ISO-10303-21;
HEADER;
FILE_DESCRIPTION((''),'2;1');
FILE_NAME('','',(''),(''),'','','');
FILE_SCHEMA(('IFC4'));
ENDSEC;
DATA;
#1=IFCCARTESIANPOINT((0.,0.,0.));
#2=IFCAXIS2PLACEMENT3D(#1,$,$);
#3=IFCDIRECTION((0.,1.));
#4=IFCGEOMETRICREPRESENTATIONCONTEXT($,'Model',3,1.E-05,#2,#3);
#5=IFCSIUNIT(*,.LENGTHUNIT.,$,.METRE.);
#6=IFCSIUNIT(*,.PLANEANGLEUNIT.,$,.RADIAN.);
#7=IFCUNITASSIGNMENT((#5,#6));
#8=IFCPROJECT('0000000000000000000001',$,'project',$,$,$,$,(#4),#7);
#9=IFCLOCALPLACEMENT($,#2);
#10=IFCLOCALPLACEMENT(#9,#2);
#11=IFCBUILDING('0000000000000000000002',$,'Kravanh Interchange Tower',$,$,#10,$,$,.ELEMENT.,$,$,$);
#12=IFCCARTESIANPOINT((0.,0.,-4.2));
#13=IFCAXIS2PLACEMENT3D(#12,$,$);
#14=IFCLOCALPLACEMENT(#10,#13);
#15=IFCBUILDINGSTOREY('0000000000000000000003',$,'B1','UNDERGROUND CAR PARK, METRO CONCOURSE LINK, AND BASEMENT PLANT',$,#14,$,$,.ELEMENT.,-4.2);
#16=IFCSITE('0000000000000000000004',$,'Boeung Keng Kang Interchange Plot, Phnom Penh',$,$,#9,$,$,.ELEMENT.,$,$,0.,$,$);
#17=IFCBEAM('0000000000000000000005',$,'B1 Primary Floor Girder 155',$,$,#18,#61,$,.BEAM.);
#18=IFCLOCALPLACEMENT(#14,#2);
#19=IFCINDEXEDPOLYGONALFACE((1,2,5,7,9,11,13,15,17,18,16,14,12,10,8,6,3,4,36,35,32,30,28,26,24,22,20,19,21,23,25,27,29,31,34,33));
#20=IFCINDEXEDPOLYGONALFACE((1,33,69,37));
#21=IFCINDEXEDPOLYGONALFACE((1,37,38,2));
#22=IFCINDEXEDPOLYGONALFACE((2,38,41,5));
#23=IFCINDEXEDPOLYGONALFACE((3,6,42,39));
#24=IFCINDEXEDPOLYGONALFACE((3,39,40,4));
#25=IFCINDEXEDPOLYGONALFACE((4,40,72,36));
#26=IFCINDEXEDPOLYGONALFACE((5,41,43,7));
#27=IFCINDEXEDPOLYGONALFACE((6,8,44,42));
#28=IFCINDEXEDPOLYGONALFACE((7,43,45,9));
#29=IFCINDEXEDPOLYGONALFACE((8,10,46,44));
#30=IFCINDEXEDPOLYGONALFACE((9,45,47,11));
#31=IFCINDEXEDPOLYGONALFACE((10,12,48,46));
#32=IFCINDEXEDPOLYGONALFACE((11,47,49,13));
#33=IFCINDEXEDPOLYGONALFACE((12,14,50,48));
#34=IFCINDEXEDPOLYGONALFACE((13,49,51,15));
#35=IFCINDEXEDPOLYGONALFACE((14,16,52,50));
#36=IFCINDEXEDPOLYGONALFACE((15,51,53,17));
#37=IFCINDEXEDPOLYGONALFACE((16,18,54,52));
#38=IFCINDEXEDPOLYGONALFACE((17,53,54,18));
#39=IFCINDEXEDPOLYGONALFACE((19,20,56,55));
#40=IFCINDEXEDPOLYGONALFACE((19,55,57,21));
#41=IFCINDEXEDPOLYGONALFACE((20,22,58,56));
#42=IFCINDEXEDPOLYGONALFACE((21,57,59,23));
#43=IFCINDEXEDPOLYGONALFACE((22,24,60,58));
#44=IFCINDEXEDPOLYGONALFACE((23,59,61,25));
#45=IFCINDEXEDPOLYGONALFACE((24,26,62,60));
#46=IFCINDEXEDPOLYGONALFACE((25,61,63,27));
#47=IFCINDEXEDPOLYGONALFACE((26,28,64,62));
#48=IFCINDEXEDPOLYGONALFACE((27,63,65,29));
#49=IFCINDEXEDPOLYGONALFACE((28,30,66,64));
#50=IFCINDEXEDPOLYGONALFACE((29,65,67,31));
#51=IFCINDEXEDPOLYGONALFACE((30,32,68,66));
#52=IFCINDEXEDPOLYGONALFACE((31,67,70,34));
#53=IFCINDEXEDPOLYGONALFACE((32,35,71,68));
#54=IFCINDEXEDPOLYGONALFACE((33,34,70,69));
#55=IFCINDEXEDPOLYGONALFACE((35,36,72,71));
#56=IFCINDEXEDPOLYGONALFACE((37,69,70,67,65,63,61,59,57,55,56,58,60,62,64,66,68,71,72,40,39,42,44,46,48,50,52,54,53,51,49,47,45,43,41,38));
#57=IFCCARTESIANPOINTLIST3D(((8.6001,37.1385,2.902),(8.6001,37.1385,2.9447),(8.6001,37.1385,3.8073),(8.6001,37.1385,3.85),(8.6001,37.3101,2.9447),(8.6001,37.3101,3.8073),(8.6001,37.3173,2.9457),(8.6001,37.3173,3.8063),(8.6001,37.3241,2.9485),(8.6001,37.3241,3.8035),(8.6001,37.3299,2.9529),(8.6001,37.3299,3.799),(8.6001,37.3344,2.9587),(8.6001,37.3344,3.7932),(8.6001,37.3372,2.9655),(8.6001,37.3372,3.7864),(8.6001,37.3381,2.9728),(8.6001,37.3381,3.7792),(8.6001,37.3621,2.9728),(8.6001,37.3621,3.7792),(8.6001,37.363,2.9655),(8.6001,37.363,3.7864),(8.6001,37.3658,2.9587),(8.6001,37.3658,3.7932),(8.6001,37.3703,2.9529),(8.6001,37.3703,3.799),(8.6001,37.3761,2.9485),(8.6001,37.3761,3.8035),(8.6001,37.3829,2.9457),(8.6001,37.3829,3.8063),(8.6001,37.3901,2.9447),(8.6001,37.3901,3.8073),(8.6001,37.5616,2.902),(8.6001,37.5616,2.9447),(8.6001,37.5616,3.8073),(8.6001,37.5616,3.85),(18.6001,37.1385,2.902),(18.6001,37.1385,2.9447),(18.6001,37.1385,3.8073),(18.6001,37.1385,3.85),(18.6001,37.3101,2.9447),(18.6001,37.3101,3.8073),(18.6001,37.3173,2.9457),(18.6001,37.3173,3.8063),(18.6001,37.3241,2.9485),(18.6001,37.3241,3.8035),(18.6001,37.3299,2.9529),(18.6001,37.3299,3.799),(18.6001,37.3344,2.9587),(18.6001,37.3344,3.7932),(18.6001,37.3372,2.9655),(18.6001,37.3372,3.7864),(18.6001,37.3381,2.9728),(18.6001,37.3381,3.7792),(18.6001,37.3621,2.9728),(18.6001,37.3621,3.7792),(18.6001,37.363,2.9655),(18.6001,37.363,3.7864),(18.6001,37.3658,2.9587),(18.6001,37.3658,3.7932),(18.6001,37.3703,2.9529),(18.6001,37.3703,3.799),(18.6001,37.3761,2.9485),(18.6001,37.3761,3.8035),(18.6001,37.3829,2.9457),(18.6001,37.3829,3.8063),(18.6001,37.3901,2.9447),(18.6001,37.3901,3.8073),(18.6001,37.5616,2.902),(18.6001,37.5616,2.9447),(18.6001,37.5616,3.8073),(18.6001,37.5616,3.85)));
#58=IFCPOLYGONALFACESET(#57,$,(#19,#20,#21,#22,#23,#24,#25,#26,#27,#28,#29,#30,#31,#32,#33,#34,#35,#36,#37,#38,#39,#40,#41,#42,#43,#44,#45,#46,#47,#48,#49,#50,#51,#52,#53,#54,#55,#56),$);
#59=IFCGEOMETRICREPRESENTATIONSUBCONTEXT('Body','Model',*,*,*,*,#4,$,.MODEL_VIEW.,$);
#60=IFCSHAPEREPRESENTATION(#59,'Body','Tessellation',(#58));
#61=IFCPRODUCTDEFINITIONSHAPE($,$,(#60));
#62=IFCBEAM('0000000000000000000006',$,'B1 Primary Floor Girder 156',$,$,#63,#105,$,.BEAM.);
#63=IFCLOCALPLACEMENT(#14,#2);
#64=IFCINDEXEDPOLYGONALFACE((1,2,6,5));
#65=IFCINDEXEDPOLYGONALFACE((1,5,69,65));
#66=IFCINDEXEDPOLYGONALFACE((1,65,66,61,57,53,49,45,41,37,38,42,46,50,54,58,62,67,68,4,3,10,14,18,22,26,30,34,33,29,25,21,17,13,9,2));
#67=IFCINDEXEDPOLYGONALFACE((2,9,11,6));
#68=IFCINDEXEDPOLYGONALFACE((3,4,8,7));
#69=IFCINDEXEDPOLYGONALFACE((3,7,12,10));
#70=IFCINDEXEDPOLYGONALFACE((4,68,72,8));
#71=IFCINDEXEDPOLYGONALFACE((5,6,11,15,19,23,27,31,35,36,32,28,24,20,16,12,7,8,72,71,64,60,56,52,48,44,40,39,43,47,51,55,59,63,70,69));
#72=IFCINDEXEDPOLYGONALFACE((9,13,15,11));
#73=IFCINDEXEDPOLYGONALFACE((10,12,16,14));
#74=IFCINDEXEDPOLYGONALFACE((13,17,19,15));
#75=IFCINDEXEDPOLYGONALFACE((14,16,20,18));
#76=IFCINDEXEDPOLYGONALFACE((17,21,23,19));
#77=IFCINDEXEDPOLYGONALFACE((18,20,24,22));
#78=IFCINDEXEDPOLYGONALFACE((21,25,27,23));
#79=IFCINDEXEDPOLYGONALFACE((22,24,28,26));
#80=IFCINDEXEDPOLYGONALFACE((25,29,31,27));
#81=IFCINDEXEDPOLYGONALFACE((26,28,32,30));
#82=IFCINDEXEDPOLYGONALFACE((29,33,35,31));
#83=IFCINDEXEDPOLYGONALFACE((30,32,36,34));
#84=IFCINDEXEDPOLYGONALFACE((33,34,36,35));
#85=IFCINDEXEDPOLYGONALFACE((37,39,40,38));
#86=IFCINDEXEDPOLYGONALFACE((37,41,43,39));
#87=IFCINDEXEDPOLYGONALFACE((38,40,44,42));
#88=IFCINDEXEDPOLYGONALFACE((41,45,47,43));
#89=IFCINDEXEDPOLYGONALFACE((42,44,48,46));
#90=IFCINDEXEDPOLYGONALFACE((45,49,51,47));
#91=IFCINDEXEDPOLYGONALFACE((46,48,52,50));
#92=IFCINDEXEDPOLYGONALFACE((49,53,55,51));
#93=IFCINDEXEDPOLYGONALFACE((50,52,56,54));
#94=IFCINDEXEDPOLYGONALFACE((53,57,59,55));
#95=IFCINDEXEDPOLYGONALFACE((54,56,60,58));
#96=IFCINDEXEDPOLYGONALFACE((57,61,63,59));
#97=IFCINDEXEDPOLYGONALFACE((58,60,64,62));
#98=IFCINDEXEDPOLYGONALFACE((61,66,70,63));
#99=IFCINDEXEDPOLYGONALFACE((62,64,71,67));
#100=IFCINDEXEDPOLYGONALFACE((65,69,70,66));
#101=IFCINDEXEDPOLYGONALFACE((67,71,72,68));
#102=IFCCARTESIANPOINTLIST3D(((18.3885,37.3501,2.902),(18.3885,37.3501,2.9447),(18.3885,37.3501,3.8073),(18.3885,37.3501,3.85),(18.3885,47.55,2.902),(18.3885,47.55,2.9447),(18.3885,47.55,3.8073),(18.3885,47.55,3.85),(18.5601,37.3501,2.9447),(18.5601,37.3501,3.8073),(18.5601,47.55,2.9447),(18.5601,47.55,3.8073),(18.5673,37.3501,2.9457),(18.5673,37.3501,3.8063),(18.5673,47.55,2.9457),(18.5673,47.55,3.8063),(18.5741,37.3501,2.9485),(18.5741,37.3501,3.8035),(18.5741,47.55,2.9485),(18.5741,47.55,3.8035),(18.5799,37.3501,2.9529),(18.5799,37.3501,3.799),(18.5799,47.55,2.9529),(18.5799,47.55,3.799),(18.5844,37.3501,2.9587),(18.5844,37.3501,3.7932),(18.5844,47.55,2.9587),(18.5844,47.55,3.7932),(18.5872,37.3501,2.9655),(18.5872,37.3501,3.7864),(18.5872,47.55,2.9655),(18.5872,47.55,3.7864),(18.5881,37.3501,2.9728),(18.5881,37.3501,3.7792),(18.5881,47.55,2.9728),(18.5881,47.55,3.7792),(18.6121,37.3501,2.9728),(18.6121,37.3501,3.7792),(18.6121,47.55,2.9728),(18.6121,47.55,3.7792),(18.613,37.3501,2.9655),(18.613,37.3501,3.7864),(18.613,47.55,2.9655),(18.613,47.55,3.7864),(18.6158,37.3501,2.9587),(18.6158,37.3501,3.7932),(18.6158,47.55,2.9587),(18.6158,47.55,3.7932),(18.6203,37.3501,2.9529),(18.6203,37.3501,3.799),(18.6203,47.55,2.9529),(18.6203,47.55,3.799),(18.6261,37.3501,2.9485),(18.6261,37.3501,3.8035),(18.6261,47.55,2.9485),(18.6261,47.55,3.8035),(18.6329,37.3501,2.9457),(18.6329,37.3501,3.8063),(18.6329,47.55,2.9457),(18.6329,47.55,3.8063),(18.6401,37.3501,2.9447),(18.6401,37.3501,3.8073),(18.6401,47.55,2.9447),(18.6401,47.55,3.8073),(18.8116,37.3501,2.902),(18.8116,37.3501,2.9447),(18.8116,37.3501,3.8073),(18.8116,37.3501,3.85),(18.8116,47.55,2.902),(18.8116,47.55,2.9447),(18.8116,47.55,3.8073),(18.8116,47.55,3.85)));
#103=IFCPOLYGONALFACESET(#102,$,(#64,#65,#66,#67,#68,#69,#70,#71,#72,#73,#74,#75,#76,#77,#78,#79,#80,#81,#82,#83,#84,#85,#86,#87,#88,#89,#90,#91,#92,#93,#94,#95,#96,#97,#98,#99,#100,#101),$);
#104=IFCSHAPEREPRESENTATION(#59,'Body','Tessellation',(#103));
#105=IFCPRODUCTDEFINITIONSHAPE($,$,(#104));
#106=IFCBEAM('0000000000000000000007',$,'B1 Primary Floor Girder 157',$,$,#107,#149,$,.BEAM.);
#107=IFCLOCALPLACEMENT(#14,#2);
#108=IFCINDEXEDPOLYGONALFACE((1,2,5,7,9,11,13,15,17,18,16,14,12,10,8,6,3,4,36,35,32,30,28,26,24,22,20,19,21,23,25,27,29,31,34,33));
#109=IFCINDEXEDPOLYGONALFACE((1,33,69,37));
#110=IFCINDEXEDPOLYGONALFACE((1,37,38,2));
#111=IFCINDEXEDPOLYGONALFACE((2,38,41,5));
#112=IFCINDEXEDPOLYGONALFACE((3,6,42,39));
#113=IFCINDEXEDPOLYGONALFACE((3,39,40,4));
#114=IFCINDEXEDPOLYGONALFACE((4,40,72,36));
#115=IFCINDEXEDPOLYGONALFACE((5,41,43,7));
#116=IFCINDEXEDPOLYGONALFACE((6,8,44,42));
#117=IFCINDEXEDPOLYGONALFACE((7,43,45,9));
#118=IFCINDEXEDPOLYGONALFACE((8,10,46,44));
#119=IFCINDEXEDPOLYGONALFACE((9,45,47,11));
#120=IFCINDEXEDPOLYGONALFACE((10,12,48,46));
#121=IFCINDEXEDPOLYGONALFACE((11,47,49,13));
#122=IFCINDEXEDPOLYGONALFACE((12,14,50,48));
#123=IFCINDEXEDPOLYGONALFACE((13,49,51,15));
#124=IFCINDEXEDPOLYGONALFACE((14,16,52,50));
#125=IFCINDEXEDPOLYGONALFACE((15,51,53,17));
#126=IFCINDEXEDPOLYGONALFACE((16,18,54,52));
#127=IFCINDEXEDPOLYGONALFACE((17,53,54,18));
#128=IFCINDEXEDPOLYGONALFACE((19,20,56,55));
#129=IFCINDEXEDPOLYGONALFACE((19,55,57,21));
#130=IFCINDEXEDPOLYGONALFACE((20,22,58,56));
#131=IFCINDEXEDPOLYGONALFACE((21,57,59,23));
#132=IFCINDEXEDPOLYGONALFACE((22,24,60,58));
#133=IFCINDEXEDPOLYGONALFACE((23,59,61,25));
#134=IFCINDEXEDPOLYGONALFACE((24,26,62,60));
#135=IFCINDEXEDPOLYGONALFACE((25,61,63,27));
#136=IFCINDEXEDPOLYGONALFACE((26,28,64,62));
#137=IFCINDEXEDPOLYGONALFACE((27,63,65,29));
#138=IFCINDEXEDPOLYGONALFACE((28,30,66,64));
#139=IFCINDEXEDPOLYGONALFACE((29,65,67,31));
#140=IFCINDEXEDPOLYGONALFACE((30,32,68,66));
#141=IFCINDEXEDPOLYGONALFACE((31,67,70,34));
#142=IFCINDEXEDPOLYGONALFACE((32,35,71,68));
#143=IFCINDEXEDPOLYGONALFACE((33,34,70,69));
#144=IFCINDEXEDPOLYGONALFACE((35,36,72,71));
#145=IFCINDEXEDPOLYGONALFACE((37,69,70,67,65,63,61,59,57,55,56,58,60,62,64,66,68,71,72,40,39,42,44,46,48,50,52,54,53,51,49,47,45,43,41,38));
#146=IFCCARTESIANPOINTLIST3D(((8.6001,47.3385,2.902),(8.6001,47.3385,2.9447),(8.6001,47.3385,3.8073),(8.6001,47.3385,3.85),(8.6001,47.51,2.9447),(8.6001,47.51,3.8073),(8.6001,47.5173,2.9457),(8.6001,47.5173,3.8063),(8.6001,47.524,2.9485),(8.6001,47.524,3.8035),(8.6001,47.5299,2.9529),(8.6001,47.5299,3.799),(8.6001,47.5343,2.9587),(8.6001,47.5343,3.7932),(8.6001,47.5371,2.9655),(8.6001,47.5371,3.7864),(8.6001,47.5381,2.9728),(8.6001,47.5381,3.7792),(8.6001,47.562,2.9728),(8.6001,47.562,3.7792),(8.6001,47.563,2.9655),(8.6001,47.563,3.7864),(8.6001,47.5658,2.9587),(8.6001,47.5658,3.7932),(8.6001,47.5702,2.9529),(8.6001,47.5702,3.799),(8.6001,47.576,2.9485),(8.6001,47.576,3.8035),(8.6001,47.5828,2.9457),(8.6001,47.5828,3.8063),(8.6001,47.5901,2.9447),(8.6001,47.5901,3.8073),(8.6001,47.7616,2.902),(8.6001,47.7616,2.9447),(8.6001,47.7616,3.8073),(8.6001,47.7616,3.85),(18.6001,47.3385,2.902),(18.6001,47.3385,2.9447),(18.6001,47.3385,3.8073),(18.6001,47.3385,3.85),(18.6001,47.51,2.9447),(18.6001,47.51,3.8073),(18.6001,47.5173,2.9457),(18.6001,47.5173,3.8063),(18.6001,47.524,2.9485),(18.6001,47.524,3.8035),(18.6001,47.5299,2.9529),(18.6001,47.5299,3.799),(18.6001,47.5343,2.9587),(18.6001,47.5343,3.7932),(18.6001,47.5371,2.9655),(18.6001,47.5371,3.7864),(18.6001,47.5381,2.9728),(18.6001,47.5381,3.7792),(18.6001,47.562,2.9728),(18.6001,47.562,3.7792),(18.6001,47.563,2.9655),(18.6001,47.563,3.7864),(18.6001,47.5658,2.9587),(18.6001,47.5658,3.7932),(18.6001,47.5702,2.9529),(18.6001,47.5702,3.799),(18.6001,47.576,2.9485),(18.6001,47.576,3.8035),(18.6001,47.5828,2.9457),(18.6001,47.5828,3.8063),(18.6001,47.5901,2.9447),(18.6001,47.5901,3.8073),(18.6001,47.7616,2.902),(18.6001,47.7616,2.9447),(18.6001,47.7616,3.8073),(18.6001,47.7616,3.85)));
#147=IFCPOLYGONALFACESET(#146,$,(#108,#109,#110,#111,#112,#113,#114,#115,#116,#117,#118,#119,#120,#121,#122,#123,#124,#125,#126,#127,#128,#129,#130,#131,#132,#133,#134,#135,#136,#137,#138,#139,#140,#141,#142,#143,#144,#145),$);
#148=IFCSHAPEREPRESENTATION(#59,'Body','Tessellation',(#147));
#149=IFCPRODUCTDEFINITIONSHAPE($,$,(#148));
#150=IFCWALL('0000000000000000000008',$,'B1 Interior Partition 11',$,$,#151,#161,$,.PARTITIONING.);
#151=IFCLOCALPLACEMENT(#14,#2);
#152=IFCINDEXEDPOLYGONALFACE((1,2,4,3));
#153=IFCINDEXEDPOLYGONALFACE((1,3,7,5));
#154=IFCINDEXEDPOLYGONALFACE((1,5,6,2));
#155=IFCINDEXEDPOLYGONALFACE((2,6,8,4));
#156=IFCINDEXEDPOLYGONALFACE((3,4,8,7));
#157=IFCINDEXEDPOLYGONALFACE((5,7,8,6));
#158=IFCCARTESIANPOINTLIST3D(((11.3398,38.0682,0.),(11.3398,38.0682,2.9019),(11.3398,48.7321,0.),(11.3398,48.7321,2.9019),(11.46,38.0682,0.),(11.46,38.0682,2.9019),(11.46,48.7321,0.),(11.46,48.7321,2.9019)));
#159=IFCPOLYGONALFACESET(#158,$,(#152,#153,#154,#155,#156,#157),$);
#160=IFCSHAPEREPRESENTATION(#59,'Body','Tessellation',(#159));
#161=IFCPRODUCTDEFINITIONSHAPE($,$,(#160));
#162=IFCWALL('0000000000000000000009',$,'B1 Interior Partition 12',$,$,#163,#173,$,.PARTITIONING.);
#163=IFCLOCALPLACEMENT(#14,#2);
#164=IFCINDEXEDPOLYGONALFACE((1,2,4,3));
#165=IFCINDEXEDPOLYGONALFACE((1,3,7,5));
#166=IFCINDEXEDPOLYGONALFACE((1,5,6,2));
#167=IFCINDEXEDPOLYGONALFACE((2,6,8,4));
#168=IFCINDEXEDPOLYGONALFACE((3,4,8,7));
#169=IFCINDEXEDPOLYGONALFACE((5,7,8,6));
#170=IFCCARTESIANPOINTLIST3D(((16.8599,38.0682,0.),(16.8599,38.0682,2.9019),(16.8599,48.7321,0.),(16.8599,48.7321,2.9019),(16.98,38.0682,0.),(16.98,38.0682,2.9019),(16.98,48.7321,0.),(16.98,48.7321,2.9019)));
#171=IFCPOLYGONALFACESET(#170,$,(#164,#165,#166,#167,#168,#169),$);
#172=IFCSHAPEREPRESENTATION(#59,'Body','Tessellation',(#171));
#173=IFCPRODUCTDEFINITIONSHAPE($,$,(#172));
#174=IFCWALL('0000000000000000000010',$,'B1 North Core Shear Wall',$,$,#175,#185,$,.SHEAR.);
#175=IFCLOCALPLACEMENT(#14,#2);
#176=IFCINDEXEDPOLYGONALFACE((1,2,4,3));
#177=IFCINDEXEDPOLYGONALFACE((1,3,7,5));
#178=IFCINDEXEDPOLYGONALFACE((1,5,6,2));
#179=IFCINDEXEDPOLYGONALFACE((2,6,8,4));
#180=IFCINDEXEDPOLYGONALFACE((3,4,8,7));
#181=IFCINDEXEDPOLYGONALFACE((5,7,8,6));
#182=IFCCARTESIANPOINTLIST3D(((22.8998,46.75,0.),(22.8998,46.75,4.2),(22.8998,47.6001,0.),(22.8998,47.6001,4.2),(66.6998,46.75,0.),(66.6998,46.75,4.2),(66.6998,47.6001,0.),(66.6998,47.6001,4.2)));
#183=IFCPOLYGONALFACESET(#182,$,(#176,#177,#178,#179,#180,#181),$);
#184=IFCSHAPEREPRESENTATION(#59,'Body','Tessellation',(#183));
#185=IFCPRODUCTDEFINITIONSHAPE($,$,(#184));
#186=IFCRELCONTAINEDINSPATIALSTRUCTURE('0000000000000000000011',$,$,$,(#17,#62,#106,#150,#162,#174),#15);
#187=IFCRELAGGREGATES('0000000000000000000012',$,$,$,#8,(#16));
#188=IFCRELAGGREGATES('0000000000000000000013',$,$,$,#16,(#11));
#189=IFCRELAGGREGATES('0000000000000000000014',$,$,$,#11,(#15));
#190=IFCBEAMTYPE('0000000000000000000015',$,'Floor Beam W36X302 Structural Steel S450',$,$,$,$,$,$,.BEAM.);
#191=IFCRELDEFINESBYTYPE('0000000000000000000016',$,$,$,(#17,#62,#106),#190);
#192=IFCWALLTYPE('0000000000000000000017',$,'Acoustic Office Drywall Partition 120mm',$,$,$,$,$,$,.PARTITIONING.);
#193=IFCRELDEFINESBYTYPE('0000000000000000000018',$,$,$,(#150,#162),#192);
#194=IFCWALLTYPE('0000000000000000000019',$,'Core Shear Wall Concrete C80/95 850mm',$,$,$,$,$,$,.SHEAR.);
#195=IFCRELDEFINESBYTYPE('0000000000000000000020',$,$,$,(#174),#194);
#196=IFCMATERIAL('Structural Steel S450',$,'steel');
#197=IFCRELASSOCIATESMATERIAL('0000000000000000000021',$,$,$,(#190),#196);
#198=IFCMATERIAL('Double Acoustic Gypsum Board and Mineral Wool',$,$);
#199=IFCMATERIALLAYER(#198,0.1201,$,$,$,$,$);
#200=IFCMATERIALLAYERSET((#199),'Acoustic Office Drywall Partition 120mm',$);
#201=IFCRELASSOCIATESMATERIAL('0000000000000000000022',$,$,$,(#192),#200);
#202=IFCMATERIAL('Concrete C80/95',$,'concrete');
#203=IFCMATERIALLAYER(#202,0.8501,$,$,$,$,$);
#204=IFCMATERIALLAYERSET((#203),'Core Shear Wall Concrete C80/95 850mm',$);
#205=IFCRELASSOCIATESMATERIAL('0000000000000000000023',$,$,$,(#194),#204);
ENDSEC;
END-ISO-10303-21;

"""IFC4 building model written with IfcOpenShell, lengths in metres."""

from ifc_helpers import new_model, si_unit, direction, frame, frame_2d, origin, origin_2d, place, context, subcontext, project, spatial, rectangle, i_section, extrude, material, layer, layer_set, material_profile, profile_set, type_object, element, save


model = new_model("IFC4")

# Units and contexts
model_context = context("Model", 3, precision=1e-05, world=origin(), true_north=direction((0.0, 1.0)))
body_context = subcontext(model_context, "Body", "Model", "MODEL_VIEW")
ifc_project = project(units=[si_unit("LENGTHUNIT", "METRE"), si_unit("PLANEANGLEUNIT", "RADIAN")], contexts=[model_context])

# Site, building, storey
site_placement = place(None, origin())
site = spatial("IfcSite", under=ifc_project, at=site_placement, Name="Boeung Keng Kang Interchange Plot, Phnom Penh", CompositionType="ELEMENT", RefElevation=0.0)
building_placement = place(site_placement, origin())
building = spatial("IfcBuilding", under=site, at=building_placement, Name="Kravanh Interchange Tower", CompositionType="ELEMENT")
storey_placement = place(building_placement, frame((0.0, 0.0, -4.2)))
storey = spatial("IfcBuildingStorey", under=building, at=storey_placement, Name="B1", Description="UNDERGROUND CAR PARK, METRO CONCOURSE LINK, AND BASEMENT PLANT", CompositionType="ELEMENT", Elevation=-4.2)

# Beams
ifc_material_1 = material(Name="Structural Steel S450", Category="steel")
ifc_material_profile_1 = material_profile(ifc_material_1, i_section(OverallWidth=0.4231, OverallDepth=0.948, WebThickness=0.0239, FlangeThickness=0.0427, FilletRadius=0.0281, at=origin_2d()), Name="W36X302")
ifc_profile_set_1 = profile_set([ifc_material_profile_1], Name="Structural Steel S450")
beam_type = type_object("IfcBeamType", Name="Floor Beam W36X302 Structural Steel S450", PredefinedType="BEAM", material=ifc_profile_set_1)
beam_1_placement = place(storey_placement, frame((18.6001, 37.3501, 3.376), z_axis=(-1.0, 0.0, 0.0), x_axis=(0.0, -1.0, 0.0)))
element("IfcBeam", 1, at=beam_1_placement, inside=storey, type_object=beam_type, Name="B1 Primary Floor Girder 155", PredefinedType="BEAM", context=body_context, shape_type="SweptSolid", body=[
    extrude(i_section(OverallWidth=0.4231, OverallDepth=0.948, WebThickness=0.0239, FlangeThickness=0.0427, FilletRadius=0.0281, at=origin_2d()), origin(), (0.0, 0.0, 1.0), 10.0),
])
beam_2_placement = place(storey_placement, frame((18.6001, 37.3501, 3.376), z_axis=(0.0, 1.0, 0.0), x_axis=(-1.0, 0.0, 0.0)))
element("IfcBeam", 2, at=beam_2_placement, inside=storey, type_object=beam_type, Name="B1 Primary Floor Girder 156", PredefinedType="BEAM", context=body_context, shape_type="SweptSolid", body=[
    extrude(i_section(OverallWidth=0.4231, OverallDepth=0.948, WebThickness=0.0239, FlangeThickness=0.0427, FilletRadius=0.0281, at=origin_2d()), origin(), (0.0, 0.0, 1.0), 10.2),
])
beam_3_placement = place(storey_placement, frame((18.6001, 47.55, 3.376), z_axis=(-1.0, 0.0, 0.0), x_axis=(0.0, -1.0, 0.0)))
element("IfcBeam", 3, at=beam_3_placement, inside=storey, type_object=beam_type, Name="B1 Primary Floor Girder 157", PredefinedType="BEAM", context=body_context, shape_type="SweptSolid", body=[
    extrude(i_section(OverallWidth=0.4231, OverallDepth=0.948, WebThickness=0.0239, FlangeThickness=0.0427, FilletRadius=0.0281, at=origin_2d()), origin(), (0.0, 0.0, 1.0), 10.0),
])

# Walls
ifc_material_2 = material(Name="Double Acoustic Gypsum Board and Mineral Wool")
ifc_layer_1 = layer(ifc_material_2, 0.1201)
ifc_layer_set_1 = layer_set([ifc_layer_1], Name="Acoustic Office Drywall Partition 120mm")
wall_type_1 = type_object("IfcWallType", Name="Acoustic Office Drywall Partition 120mm", PredefinedType="PARTITIONING", material=ifc_layer_set_1)
for number, where, z_axis, x_axis, name in (
    (4, (11.3999, 38.0681, 0.0), (0.0, 0.0, 1.0), (0.0, 1.0, 0.0), "B1 Interior Partition 11"),
    (5, (16.9199, 38.0681, 0.0), (0.0, 0.0, 1.0), (0.0, 1.0, 0.0), "B1 Interior Partition 12"),
):
    element("IfcWall", number, at=place(storey_placement, frame(where, z_axis=z_axis, x_axis=x_axis)), inside=storey, type_object=wall_type_1, Name=name, PredefinedType="PARTITIONING", context=body_context, shape_type="SweptSolid", body=[
        extrude(rectangle(XDim=10.6638, YDim=0.1201, at=frame_2d((5.332, 0.0))), origin(), (0.0, 0.0, 1.0), 2.9019),
    ])
ifc_material_3 = material(Name="Concrete C80/95", Category="concrete")
ifc_layer_2 = layer(ifc_material_3, 0.8501)
ifc_layer_set_2 = layer_set([ifc_layer_2], Name="Core Shear Wall Concrete C80/95 850mm")
wall_type_2 = type_object("IfcWallType", Name="Core Shear Wall Concrete C80/95 850mm", PredefinedType="SHEAR", material=ifc_layer_set_2)
wall_1_placement = place(storey_placement, frame((22.8999, 47.175, 0.0), z_axis=(0.0, 0.0, 1.0), x_axis=(1.0, 0.0, 0.0)))
element("IfcWall", 6, at=wall_1_placement, inside=storey, type_object=wall_type_2, Name="B1 North Core Shear Wall", PredefinedType="SHEAR", context=body_context, shape_type="SweptSolid", body=[
    extrude(rectangle(XDim=43.8, YDim=0.8501, at=frame_2d((21.8999, 0.0))), origin(), (0.0, 0.0, 1.0), 4.2),
])

save(model, "model.ifc")
